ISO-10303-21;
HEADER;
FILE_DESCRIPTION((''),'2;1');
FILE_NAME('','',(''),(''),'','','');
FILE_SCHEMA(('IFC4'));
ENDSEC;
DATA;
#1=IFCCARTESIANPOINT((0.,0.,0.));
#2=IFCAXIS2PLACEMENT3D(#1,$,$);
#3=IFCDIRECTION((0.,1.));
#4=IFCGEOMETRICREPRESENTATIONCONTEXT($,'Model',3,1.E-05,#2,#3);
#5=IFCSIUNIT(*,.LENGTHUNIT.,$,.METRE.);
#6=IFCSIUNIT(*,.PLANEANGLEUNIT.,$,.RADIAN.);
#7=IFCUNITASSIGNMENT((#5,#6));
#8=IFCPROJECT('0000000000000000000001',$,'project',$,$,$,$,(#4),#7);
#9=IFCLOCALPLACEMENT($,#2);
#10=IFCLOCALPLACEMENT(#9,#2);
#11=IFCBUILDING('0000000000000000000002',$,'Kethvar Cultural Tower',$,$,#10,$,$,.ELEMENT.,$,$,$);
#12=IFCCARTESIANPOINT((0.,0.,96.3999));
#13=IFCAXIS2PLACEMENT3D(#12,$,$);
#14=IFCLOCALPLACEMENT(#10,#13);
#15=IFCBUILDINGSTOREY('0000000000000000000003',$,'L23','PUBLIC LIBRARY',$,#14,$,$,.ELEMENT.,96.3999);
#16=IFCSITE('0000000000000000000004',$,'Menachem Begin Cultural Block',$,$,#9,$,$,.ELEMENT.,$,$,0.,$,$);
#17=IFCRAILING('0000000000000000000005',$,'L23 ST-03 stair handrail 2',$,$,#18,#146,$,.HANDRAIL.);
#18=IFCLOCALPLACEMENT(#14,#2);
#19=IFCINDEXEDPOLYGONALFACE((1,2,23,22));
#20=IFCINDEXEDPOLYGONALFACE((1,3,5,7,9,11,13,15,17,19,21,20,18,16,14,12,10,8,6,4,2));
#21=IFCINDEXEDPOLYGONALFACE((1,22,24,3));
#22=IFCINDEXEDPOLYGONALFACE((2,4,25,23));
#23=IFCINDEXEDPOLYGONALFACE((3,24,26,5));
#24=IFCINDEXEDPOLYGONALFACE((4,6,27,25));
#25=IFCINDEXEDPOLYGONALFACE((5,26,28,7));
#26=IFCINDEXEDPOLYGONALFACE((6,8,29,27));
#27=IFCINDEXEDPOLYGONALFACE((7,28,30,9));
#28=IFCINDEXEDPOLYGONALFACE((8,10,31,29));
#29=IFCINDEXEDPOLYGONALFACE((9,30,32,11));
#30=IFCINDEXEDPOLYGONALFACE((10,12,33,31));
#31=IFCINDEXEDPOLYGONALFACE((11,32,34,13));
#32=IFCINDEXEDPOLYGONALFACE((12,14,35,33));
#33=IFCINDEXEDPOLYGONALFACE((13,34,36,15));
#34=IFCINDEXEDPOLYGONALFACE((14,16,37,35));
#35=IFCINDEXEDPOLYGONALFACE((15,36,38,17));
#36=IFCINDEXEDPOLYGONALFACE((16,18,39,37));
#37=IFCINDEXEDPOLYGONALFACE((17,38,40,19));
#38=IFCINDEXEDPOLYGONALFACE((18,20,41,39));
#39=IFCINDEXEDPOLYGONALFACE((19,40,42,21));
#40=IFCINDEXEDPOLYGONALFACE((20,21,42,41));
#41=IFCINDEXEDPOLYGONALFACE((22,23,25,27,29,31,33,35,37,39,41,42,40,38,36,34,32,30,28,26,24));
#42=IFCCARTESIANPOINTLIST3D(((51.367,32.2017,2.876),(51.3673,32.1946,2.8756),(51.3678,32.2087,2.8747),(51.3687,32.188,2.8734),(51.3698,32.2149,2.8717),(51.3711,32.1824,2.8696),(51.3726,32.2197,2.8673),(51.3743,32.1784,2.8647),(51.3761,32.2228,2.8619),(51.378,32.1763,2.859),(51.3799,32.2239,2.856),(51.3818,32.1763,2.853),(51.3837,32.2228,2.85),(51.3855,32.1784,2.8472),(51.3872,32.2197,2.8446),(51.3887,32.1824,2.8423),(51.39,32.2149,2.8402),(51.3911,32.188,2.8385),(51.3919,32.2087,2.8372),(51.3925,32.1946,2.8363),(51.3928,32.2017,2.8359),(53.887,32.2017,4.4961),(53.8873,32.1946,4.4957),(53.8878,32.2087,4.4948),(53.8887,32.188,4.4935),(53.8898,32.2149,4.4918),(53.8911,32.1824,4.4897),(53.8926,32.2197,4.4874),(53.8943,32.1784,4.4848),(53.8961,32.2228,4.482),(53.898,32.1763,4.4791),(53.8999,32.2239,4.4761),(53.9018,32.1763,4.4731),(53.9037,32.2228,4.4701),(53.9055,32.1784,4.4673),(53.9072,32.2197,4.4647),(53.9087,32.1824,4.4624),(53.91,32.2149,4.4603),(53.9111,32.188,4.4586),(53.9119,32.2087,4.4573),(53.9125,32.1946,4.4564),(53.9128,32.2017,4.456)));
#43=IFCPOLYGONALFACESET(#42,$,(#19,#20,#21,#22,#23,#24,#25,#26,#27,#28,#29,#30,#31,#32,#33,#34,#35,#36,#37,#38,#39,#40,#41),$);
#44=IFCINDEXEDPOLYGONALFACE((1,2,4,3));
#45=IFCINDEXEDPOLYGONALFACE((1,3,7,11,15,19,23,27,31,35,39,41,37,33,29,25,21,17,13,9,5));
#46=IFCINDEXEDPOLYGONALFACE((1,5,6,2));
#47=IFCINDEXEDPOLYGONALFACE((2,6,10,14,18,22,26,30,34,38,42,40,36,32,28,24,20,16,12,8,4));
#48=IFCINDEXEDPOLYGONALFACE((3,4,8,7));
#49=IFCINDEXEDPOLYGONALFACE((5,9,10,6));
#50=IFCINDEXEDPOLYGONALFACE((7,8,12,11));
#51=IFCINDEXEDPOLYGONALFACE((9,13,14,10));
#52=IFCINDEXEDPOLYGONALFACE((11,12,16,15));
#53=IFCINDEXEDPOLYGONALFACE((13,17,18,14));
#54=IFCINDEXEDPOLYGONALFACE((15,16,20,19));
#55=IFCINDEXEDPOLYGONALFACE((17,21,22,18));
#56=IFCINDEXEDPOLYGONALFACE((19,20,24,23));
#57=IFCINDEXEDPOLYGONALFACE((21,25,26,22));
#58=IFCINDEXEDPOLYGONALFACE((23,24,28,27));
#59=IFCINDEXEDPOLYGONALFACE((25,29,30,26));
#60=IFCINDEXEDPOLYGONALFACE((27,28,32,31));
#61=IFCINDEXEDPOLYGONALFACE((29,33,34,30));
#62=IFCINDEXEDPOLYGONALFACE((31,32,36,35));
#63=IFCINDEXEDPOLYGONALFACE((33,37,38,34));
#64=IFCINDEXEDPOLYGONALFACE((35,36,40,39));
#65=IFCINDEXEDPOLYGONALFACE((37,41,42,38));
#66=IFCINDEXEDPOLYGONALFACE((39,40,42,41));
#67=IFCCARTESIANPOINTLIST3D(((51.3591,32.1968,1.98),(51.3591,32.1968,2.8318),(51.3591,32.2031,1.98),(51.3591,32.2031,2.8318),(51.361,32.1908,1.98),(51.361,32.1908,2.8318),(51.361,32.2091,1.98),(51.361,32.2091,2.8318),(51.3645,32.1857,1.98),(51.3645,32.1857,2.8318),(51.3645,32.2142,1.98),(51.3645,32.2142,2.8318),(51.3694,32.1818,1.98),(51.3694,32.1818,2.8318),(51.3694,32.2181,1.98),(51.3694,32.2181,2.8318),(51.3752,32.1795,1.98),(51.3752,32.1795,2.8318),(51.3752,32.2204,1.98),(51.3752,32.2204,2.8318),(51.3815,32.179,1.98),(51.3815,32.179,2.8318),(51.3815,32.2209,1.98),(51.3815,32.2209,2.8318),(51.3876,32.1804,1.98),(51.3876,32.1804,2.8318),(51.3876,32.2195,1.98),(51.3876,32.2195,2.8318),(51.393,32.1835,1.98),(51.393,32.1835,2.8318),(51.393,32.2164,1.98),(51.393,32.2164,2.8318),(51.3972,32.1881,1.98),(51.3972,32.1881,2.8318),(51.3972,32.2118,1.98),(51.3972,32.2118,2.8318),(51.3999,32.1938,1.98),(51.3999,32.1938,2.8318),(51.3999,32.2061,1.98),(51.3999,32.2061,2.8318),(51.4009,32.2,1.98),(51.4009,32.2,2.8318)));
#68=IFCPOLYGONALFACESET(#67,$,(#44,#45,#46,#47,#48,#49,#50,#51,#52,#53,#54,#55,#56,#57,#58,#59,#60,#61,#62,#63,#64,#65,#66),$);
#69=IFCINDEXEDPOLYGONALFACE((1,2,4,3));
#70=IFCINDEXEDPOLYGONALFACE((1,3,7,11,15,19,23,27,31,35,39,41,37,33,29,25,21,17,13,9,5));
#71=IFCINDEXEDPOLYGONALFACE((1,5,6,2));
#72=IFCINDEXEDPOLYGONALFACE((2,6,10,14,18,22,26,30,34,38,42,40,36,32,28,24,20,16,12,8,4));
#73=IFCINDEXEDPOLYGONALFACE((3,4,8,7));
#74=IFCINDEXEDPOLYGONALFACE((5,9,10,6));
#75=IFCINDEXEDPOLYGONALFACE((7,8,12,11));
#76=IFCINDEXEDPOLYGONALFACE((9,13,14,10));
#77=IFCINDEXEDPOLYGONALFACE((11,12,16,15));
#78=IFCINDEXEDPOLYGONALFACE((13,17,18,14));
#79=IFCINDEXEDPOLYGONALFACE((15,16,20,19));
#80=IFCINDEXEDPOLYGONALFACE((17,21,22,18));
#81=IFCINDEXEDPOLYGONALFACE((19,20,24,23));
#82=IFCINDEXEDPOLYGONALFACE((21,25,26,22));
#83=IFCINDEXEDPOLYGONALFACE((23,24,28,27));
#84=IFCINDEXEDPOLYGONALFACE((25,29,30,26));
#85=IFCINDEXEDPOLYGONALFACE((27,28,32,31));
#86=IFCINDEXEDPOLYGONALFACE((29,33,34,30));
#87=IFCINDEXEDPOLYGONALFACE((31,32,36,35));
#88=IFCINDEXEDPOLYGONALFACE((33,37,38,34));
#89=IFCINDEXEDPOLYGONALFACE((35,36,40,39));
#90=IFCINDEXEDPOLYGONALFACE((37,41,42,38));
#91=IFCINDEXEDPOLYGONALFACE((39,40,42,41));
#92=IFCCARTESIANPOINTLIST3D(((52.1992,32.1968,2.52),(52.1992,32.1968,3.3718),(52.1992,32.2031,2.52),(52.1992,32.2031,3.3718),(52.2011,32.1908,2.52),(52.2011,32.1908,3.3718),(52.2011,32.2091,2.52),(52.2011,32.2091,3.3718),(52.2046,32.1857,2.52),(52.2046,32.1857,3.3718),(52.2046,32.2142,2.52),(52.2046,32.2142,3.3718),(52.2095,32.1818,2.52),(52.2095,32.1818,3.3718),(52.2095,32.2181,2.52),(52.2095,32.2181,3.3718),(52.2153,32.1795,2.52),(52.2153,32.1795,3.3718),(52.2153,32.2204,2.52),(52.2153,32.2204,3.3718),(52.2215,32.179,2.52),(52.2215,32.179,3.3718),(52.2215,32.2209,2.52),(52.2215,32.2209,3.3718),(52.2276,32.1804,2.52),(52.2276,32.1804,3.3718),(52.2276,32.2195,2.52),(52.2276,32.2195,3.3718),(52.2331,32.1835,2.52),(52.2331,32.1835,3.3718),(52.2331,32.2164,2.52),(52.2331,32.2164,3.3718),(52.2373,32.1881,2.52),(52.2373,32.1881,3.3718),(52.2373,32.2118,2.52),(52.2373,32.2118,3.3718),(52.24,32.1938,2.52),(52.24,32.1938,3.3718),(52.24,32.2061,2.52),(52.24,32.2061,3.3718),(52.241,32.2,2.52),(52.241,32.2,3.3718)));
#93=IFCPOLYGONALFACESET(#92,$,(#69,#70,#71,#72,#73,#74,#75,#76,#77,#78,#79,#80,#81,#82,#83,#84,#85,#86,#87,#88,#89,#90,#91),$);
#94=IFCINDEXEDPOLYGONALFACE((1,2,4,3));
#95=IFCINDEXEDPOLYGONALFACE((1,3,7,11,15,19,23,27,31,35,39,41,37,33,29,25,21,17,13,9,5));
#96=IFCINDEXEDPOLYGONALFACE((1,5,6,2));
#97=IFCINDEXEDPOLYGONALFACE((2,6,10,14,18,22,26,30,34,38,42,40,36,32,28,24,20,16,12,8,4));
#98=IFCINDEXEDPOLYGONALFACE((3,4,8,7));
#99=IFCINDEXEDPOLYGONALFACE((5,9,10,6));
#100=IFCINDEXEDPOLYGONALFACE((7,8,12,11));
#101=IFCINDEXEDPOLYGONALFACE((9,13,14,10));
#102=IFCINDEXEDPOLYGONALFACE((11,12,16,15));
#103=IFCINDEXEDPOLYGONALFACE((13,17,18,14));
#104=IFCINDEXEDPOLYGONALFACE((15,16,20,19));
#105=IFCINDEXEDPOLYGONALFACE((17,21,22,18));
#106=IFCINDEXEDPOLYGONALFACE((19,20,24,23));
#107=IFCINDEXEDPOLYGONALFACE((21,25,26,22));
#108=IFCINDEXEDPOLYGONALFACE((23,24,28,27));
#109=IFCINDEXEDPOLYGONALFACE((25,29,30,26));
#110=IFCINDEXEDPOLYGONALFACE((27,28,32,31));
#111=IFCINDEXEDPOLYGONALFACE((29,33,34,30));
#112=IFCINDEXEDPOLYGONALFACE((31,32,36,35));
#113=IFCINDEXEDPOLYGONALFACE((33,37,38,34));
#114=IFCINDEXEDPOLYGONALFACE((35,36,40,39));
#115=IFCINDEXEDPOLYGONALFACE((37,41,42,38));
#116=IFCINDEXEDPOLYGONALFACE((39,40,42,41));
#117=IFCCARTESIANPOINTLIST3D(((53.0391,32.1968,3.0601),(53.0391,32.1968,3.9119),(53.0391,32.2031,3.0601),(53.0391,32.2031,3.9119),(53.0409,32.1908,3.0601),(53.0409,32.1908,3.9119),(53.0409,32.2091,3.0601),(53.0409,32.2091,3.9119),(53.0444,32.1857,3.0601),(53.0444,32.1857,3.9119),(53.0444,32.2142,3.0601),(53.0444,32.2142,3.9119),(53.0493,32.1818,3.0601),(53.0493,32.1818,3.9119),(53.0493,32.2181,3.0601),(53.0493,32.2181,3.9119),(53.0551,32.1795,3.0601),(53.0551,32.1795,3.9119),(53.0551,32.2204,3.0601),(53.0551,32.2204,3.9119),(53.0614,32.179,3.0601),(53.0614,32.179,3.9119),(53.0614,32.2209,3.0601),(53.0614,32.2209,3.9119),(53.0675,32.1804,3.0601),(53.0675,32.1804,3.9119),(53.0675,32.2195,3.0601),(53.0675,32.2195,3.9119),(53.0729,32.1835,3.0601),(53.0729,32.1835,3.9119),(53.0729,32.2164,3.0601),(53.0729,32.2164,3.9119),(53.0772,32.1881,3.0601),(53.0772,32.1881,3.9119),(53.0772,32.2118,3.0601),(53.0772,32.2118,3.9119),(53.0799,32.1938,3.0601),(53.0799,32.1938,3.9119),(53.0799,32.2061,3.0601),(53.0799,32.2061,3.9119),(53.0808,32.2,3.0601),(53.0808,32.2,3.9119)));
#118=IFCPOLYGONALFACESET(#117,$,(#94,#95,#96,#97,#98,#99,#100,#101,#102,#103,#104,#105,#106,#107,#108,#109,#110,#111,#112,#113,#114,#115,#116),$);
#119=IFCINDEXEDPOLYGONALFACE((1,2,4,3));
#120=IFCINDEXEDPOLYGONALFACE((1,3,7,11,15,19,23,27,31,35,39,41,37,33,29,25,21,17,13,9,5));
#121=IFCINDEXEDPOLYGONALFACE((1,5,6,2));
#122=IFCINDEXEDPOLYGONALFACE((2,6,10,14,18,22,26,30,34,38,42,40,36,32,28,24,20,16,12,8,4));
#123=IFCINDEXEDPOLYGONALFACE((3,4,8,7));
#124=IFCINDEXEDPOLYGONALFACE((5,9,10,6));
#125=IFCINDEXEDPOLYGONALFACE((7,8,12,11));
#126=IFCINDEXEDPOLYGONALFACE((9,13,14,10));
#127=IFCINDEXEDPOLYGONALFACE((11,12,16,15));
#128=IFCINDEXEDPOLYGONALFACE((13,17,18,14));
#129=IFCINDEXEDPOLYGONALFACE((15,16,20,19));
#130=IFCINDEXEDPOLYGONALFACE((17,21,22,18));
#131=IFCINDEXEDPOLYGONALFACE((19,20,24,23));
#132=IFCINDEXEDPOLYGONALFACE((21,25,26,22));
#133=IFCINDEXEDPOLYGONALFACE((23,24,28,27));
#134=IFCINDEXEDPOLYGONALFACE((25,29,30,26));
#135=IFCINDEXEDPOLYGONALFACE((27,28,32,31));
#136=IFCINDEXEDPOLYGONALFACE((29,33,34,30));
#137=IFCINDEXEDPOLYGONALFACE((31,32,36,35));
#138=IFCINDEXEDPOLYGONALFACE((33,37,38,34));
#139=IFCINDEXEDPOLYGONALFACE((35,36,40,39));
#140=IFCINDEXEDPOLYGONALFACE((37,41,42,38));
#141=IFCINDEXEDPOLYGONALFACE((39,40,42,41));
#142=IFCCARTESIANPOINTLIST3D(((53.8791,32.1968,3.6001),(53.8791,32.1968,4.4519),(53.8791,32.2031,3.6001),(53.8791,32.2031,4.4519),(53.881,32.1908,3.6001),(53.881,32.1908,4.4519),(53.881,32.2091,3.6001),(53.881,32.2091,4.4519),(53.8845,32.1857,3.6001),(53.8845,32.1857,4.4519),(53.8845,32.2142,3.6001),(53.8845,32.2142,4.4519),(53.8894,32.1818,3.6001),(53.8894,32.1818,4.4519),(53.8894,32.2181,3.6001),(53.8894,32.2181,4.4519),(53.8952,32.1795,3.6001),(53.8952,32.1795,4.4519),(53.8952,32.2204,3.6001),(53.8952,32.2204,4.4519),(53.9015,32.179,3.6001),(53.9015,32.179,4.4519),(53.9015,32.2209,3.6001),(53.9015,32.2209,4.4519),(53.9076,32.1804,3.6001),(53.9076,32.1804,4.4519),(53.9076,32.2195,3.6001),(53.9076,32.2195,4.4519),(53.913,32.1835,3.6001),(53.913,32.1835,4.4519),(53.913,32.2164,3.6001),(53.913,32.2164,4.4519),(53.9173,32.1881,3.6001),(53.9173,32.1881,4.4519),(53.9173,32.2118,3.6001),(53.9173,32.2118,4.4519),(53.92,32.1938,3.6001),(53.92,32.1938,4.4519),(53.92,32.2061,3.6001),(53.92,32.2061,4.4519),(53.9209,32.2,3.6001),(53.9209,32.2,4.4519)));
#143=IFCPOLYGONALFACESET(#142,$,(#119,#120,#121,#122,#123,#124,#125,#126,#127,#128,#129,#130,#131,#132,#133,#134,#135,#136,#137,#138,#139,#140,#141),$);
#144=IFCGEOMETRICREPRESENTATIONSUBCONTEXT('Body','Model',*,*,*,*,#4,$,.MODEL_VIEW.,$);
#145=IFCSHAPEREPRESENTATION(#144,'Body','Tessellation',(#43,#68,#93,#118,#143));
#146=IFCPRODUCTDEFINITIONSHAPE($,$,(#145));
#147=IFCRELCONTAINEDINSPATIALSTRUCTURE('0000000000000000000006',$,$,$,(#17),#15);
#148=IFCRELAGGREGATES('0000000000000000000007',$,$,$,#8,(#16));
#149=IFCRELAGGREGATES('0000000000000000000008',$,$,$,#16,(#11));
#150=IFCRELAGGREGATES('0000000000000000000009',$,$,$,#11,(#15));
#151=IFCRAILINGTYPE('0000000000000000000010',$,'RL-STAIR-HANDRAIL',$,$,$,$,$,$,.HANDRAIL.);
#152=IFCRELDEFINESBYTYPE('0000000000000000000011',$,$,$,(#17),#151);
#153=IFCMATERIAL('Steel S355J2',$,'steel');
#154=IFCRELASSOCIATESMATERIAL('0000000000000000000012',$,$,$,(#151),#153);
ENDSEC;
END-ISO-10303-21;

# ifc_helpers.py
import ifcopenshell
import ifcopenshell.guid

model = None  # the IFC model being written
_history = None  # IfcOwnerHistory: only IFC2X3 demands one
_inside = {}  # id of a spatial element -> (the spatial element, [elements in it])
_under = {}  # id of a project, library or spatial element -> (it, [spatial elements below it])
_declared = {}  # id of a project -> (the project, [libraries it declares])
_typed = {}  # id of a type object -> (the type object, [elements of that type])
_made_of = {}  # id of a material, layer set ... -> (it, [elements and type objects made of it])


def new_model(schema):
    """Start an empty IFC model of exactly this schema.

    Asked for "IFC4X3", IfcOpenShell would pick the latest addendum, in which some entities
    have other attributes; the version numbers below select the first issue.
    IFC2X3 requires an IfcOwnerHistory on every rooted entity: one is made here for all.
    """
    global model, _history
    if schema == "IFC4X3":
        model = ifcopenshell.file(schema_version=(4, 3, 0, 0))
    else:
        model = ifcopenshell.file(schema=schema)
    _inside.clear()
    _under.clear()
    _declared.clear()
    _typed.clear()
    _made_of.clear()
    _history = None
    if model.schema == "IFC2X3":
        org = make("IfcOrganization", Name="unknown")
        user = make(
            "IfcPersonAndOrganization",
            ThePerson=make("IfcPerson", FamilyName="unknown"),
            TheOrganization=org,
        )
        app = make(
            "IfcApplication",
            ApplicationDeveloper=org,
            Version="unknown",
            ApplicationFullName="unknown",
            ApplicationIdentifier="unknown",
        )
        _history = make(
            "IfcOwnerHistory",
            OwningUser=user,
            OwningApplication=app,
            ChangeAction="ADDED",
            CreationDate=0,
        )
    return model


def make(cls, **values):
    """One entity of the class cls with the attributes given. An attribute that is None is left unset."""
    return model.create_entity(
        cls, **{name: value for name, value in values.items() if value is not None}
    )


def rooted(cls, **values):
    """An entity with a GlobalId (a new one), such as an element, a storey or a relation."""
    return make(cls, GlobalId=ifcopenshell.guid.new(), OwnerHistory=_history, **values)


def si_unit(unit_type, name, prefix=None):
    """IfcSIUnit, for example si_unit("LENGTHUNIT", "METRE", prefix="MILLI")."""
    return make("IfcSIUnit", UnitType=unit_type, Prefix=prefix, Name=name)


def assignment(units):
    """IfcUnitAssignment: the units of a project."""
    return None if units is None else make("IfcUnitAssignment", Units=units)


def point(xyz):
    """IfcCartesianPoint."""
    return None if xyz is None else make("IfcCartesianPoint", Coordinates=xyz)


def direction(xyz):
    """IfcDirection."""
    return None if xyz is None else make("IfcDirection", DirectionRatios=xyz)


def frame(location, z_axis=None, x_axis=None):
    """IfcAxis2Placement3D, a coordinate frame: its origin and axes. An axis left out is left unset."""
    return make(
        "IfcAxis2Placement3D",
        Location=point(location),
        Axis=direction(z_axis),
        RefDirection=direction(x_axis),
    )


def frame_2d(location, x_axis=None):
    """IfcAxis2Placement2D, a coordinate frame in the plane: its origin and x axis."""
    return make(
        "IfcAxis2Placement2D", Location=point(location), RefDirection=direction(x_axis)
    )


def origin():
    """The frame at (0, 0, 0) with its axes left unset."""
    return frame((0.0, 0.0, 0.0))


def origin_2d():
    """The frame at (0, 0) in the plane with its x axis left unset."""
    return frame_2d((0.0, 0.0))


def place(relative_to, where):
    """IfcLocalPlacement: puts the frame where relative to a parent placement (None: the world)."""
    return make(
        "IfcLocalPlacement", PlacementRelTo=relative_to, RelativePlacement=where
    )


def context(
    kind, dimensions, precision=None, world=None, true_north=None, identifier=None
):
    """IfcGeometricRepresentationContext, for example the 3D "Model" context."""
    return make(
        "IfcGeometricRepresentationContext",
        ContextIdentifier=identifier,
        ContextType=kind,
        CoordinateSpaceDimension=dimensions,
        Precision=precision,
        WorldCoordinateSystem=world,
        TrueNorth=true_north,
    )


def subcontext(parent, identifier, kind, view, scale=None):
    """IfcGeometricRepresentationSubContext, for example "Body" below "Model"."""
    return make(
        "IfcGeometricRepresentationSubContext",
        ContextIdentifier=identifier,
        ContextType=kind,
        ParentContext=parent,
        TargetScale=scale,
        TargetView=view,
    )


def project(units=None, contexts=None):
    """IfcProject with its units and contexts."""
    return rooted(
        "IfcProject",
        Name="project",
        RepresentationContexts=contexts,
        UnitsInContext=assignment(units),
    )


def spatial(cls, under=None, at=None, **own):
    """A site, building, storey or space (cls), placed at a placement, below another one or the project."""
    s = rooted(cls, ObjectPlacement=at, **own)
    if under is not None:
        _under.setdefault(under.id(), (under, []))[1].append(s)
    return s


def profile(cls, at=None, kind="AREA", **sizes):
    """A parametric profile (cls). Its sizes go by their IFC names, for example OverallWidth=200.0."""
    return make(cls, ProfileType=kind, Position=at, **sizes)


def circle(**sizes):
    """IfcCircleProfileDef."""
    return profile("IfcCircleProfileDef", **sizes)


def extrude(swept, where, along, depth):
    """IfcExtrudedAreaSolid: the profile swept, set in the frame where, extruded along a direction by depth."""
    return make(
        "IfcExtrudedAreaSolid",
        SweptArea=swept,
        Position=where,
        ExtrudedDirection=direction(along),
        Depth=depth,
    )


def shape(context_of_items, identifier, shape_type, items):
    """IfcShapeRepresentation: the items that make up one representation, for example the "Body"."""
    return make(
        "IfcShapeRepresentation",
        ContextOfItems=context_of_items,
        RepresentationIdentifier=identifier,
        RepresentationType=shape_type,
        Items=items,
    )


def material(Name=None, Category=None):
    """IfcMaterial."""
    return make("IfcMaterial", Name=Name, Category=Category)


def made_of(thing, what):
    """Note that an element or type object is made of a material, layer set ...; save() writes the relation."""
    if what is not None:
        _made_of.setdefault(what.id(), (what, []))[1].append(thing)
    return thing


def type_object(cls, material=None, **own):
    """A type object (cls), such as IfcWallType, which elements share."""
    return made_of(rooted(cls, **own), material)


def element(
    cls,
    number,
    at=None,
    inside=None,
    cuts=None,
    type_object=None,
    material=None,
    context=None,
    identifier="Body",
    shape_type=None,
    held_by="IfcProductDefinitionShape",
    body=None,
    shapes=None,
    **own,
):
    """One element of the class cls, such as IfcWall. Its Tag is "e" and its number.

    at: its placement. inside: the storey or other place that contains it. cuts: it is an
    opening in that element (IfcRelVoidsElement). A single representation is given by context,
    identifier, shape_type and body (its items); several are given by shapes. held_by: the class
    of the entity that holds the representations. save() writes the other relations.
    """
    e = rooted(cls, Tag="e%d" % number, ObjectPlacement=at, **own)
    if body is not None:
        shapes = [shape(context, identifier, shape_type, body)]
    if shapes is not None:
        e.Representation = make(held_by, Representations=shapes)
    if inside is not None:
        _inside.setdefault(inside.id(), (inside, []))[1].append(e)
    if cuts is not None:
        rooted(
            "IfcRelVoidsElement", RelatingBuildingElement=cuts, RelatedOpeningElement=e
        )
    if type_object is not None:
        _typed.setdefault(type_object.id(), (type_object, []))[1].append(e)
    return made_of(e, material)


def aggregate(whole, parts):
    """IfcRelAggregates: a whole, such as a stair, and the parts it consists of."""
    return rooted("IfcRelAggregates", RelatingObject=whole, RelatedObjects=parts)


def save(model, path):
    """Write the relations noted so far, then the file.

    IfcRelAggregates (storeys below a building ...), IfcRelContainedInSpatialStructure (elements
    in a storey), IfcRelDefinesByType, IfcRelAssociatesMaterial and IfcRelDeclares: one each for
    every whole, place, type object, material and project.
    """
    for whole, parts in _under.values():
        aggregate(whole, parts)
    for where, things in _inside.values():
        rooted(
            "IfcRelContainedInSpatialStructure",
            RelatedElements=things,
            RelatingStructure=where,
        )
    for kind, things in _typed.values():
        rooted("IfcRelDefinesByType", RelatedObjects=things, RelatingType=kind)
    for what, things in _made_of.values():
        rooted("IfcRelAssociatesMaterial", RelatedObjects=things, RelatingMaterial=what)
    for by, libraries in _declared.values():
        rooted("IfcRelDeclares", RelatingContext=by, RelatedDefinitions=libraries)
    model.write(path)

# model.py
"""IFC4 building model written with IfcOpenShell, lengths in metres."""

from ifc_helpers import new_model, si_unit, direction, frame, origin, origin_2d, place, context, subcontext, project, spatial, circle, extrude, material, type_object, element, save


model = new_model("IFC4")

# Units and contexts
model_context = context("Model", 3, precision=1e-05, world=origin(), true_north=direction((0.0, 1.0)))
body_context = subcontext(model_context, "Body", "Model", "MODEL_VIEW")
ifc_project = project(units=[si_unit("LENGTHUNIT", "METRE"), si_unit("PLANEANGLEUNIT", "RADIAN")], contexts=[model_context])

# Site, building, storey
site_placement = place(None, origin())
site = spatial("IfcSite", under=ifc_project, at=site_placement, Name="Menachem Begin Cultural Block", CompositionType="ELEMENT", RefElevation=0.0)
building_placement = place(site_placement, origin())
building = spatial("IfcBuilding", under=site, at=building_placement, Name="Kethvar Cultural Tower", CompositionType="ELEMENT")
storey_placement = place(building_placement, frame((0.0, 0.0, 96.3999)))
storey = spatial("IfcBuildingStorey", under=building, at=storey_placement, Name="L23", Description="PUBLIC LIBRARY", CompositionType="ELEMENT", Elevation=96.3999)

# Shared definitions
ifc_material_1 = material(Name="Steel S355J2", Category="steel")

# Railing
railing_type_1 = type_object("IfcRailingType", Name="RL-STAIR-HANDRAIL", PredefinedType="HANDRAIL", material=ifc_material_1)
railing_1_placement = place(storey_placement, frame((51.3799, 32.2, 1.98)))
element("IfcRailing", 1, at=railing_1_placement, inside=storey, type_object=railing_type_1, Name="L23 ST-03 stair handrail 2", PredefinedType="HANDRAIL", context=body_context, shape_type="SweptSolid", body=[
    extrude(circle(Radius=0.0239, at=origin_2d()), frame((0.0, 0.0, 0.876), z_axis=(0.841163, 0.0, 0.540782), x_axis=(0.0, 1.0, 0.0)), (0.0, 0.0, 1.0), 2.9958),
    extrude(circle(Radius=0.021, at=origin_2d()), origin(), (0.0, 0.0, 1.0), 0.8518),
    extrude(circle(Radius=0.021, at=origin_2d()), frame((0.8401, 0.0, 0.54)), (0.0, 0.0, 1.0), 0.8518),
    extrude(circle(Radius=0.021, at=origin_2d()), frame((1.6799, 0.0, 1.0801)), (0.0, 0.0, 1.0), 0.8518),
    extrude(circle(Radius=0.021, at=origin_2d()), frame((2.52, 0.0, 1.6201)), (0.0, 0.0, 1.0), 0.8518),
])

save(model, "model.ifc")
